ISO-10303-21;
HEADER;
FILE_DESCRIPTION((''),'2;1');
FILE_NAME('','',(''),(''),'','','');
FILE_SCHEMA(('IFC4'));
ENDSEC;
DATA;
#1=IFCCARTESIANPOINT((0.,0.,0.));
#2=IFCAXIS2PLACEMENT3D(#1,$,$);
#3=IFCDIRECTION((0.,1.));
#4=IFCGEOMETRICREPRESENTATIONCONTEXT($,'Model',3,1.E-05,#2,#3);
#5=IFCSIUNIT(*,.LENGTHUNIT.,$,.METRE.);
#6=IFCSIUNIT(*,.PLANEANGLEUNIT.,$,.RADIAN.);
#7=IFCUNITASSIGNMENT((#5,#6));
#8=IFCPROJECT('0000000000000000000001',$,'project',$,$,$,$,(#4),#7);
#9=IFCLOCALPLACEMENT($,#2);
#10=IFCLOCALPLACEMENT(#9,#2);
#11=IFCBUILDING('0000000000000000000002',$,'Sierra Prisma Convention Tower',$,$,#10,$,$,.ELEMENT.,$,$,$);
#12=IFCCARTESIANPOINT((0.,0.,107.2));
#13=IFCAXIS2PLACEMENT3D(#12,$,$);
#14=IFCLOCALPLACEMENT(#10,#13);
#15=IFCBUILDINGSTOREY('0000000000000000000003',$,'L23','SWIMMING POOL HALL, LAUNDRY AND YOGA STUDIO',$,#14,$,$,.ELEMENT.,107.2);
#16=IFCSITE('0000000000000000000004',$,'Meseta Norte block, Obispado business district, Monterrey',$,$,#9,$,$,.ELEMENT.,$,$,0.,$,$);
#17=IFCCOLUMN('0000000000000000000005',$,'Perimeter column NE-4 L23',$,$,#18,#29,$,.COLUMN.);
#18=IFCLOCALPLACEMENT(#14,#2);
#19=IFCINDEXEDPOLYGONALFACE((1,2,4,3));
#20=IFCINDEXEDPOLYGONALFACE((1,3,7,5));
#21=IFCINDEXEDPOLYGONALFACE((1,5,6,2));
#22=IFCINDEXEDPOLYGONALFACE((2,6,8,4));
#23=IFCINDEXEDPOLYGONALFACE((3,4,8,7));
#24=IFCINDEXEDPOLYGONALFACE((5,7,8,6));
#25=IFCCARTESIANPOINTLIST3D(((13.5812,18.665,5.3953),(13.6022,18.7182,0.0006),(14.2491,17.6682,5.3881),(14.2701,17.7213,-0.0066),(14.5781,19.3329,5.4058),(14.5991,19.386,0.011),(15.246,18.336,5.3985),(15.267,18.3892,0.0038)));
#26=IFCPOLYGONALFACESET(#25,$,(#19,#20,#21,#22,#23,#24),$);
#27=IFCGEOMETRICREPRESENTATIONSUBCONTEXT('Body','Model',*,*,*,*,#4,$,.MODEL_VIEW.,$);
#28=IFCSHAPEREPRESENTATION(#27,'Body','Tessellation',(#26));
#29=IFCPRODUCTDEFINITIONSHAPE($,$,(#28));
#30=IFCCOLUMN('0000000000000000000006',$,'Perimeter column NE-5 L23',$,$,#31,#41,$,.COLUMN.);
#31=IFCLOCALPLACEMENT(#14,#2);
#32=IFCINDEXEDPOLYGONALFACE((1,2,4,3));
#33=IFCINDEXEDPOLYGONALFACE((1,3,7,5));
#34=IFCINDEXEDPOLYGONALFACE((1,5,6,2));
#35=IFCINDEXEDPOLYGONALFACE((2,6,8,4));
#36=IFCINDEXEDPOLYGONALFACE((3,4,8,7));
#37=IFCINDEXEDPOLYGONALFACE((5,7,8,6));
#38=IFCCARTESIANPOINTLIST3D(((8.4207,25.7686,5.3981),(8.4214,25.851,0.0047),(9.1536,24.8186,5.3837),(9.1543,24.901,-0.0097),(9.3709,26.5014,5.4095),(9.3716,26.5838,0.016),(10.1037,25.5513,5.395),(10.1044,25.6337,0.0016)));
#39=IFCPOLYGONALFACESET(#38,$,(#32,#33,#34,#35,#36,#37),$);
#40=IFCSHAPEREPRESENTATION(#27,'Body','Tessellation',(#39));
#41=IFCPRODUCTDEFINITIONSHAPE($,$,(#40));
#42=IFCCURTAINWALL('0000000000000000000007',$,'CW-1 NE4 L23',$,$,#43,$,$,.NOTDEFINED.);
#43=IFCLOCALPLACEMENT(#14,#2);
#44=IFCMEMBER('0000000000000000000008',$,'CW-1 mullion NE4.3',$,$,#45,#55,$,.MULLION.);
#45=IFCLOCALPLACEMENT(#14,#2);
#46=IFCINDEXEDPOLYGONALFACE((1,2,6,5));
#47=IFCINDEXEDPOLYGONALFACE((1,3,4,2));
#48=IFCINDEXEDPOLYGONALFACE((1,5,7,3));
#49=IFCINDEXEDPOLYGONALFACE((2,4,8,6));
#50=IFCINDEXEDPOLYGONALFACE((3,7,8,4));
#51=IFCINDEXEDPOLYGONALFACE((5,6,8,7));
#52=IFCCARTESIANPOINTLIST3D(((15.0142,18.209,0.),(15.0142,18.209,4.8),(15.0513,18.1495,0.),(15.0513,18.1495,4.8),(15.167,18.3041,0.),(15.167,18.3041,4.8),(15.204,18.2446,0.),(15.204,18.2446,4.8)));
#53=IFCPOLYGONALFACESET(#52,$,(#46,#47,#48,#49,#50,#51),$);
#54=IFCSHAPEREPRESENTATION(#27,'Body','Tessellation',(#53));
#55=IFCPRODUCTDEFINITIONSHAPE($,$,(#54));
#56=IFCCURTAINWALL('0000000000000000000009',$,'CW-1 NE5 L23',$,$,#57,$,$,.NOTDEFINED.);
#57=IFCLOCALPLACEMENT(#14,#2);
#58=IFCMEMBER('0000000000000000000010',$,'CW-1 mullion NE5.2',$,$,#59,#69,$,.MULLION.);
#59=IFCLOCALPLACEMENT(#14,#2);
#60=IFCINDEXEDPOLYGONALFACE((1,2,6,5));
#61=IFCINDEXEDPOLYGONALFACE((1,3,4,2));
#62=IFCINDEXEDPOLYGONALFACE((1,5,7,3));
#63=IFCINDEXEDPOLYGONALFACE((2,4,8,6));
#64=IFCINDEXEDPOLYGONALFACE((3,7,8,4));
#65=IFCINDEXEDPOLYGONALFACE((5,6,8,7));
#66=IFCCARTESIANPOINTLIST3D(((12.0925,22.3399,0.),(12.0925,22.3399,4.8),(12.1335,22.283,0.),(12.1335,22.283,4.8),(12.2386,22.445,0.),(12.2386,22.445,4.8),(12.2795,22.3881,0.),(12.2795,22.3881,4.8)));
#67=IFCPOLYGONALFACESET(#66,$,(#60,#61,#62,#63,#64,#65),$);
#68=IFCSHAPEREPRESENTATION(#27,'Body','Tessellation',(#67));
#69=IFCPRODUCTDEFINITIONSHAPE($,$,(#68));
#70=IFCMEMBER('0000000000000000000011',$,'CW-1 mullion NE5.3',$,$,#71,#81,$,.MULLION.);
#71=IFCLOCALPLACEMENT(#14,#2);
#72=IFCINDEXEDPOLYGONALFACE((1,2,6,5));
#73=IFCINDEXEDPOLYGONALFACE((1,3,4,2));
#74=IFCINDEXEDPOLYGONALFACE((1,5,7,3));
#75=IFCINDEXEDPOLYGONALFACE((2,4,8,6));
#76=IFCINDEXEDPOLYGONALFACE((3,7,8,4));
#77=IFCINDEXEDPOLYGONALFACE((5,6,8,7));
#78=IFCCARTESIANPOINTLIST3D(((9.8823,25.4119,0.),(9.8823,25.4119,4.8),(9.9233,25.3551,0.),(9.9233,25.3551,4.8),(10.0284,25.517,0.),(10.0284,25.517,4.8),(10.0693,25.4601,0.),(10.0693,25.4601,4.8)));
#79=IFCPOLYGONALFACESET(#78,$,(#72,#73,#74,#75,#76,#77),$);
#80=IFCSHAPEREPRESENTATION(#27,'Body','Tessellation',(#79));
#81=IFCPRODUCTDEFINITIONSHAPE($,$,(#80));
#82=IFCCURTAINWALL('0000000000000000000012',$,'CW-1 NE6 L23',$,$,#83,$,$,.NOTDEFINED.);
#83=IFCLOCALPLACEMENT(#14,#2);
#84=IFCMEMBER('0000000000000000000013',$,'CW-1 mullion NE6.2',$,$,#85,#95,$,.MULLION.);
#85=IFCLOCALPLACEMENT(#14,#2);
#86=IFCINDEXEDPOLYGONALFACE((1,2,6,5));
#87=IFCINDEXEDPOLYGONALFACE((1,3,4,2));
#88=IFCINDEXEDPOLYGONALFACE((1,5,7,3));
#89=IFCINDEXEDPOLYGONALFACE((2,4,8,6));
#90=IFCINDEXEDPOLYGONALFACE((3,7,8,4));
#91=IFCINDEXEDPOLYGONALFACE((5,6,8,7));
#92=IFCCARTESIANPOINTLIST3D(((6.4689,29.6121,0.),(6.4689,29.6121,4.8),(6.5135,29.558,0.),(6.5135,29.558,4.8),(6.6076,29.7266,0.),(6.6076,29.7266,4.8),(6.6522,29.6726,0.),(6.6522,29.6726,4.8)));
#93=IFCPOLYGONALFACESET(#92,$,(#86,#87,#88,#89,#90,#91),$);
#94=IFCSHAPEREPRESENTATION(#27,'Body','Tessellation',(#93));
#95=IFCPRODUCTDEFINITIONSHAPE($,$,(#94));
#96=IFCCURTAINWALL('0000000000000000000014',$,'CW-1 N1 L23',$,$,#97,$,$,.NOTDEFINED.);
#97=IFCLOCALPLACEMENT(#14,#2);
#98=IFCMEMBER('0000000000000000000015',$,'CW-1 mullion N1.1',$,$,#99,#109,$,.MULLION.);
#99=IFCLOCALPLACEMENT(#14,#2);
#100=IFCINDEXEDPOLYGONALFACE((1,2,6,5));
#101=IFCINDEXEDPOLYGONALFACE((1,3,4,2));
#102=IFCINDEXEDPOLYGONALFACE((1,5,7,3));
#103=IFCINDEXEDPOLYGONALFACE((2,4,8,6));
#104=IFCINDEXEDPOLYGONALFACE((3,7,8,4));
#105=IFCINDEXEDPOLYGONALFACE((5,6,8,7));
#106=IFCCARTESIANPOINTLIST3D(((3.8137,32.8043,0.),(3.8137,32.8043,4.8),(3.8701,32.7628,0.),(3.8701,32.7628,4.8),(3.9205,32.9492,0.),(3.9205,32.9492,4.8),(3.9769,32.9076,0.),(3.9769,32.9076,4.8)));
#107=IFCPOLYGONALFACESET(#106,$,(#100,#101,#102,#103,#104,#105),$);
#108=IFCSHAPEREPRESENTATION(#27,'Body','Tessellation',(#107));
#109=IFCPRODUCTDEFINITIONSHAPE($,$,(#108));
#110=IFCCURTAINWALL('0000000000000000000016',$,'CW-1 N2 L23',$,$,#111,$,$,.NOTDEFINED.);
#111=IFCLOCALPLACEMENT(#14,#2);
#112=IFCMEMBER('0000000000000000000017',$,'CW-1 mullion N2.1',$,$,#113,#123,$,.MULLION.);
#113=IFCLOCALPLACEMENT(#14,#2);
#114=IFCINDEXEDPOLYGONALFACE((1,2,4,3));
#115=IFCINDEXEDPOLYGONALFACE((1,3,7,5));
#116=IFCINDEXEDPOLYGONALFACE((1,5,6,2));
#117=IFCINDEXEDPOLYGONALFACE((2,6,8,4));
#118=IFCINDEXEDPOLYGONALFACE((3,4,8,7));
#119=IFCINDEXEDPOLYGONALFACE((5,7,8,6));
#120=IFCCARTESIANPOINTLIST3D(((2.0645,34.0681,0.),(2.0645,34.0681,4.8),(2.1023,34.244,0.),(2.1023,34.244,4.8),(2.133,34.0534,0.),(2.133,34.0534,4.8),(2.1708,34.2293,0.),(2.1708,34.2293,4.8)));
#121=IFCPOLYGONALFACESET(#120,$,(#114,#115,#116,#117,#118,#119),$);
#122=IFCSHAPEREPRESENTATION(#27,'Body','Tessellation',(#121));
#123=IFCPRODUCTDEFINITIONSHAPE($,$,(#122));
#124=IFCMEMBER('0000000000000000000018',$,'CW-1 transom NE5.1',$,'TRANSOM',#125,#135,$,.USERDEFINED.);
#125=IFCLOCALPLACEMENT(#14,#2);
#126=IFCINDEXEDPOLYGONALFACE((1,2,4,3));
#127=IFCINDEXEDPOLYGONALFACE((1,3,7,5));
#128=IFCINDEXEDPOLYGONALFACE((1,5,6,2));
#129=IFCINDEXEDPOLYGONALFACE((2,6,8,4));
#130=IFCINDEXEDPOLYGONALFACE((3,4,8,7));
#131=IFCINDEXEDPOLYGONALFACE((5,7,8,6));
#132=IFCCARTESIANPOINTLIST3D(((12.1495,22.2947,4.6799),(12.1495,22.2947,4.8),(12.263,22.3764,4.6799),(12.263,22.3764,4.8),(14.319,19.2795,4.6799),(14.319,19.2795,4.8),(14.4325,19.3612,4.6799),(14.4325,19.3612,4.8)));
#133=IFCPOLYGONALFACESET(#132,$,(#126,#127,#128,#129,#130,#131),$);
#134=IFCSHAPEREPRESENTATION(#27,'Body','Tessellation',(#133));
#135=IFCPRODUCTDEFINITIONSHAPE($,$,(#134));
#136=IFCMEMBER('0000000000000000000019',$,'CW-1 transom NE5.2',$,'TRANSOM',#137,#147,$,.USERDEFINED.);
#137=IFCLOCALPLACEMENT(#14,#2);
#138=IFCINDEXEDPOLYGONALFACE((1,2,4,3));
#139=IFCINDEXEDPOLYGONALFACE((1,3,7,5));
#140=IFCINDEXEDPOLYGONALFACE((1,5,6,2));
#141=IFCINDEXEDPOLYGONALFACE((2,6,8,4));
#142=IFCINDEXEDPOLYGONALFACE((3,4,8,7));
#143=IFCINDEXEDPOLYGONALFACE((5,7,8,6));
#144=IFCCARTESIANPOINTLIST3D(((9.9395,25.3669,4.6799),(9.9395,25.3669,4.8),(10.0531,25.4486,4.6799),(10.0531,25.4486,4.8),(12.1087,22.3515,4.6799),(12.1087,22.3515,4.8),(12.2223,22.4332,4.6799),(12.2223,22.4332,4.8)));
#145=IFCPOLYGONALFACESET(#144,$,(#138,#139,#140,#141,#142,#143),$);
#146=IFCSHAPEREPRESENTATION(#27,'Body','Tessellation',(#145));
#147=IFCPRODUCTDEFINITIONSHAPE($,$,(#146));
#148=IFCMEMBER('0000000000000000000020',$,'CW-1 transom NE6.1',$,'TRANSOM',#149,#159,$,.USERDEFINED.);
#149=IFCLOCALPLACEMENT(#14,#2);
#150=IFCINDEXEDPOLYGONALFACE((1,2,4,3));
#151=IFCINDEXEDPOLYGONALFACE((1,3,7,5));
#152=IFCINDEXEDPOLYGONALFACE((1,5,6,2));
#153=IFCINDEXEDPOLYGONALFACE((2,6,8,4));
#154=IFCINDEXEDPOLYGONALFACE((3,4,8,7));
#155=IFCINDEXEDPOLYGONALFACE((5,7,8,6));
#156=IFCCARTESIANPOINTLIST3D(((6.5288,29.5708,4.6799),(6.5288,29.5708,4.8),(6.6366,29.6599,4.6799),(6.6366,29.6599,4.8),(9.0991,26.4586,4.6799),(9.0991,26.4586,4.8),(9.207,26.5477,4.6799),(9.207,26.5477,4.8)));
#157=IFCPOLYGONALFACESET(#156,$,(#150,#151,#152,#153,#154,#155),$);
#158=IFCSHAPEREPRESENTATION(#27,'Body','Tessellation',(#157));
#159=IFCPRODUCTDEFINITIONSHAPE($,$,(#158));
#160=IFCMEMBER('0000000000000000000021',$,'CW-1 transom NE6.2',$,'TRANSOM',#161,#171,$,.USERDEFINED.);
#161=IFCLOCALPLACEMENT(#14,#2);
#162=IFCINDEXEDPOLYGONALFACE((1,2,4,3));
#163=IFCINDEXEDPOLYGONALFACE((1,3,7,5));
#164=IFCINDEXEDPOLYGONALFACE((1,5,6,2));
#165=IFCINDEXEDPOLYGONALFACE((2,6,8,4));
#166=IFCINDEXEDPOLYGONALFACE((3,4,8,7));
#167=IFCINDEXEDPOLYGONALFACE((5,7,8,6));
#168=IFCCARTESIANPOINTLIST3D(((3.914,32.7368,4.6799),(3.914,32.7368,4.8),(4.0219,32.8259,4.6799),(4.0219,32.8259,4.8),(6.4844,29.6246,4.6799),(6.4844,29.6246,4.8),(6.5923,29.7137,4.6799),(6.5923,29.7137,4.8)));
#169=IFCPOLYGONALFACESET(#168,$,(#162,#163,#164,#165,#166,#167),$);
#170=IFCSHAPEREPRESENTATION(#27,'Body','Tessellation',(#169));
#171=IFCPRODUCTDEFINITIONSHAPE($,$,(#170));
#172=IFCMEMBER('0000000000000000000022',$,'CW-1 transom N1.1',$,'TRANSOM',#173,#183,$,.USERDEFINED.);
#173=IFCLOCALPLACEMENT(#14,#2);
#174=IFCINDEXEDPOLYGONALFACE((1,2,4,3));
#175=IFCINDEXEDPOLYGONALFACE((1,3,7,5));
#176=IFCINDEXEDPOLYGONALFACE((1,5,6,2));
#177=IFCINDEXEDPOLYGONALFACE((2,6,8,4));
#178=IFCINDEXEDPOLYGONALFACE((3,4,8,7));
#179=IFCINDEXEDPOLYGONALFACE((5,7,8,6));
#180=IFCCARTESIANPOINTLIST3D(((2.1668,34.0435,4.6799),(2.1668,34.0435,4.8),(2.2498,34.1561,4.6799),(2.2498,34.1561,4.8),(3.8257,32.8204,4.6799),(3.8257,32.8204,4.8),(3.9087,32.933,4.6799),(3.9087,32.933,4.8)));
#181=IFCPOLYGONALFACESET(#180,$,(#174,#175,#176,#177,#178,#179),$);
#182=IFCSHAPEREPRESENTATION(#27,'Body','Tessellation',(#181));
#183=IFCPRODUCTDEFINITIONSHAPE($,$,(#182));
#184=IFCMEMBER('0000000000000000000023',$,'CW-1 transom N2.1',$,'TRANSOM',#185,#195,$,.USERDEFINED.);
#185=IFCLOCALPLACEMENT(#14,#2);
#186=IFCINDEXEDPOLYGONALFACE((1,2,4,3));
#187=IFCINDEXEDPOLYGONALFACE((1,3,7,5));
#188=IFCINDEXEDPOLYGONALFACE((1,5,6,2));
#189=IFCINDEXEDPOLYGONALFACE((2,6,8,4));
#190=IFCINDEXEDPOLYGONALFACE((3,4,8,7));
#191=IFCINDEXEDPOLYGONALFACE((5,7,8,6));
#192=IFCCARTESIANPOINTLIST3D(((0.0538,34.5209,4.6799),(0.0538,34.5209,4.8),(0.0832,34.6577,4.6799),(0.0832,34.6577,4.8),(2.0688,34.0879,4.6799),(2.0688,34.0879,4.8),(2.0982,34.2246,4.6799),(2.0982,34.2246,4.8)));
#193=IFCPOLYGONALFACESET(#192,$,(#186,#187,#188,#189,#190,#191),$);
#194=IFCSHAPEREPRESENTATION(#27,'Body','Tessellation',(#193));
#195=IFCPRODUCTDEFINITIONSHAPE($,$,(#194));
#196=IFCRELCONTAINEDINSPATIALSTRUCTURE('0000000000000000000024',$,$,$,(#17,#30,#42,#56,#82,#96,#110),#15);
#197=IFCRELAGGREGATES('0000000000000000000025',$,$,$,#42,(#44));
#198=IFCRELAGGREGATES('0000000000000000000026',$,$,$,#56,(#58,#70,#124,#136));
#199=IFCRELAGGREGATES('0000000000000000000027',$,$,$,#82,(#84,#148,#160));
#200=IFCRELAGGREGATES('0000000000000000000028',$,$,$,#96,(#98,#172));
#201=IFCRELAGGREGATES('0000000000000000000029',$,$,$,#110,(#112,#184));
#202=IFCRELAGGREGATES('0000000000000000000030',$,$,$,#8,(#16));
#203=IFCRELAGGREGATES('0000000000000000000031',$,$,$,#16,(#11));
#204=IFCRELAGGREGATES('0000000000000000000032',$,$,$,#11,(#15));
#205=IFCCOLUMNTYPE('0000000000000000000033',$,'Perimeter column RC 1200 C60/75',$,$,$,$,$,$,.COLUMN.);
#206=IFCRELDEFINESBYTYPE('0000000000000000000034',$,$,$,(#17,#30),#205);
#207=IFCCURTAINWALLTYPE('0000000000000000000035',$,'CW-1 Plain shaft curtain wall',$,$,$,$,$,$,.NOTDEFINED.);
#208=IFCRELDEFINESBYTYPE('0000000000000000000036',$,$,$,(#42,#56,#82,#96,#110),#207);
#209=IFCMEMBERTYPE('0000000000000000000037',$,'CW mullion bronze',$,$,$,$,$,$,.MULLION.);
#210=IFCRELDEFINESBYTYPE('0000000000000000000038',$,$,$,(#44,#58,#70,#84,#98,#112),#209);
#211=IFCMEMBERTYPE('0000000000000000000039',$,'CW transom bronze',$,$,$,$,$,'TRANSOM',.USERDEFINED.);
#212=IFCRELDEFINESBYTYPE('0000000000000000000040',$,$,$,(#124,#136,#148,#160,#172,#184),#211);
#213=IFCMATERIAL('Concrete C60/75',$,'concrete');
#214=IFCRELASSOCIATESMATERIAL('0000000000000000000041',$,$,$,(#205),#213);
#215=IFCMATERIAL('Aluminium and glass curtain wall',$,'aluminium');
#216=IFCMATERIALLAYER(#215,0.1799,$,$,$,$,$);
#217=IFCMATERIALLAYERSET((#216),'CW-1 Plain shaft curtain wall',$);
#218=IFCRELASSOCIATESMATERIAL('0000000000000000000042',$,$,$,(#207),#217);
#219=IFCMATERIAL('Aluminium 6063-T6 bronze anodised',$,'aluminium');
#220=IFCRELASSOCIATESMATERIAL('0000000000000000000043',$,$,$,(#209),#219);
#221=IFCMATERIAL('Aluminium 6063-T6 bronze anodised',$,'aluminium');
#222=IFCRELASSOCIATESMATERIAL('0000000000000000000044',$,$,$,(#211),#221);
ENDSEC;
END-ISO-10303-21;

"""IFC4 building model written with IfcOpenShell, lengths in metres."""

from ifc_helpers import new_model, si_unit, direction, frame, origin, origin_2d, place, context, subcontext, project, spatial, rectangle, extrude, clip, halfspace, material, layer, layer_set, material_profile, profile_set, type_object, element, aggregate, save


model = new_model("IFC4")

# Units and contexts
model_context = context("Model", 3, precision=1e-05, world=origin(), true_north=direction((0.0, 1.0)))
body_context = subcontext(model_context, "Body", "Model", "MODEL_VIEW")
ifc_project = project(units=[si_unit("LENGTHUNIT", "METRE"), si_unit("PLANEANGLEUNIT", "RADIAN")], contexts=[model_context])

# Site, building, storey
site_placement = place(None, origin())
site = spatial("IfcSite", under=ifc_project, at=site_placement, Name="Meseta Norte block, Obispado business district, Monterrey", CompositionType="ELEMENT", RefElevation=0.0)
building_placement = place(site_placement, origin())
building = spatial("IfcBuilding", under=site, at=building_placement, Name="Sierra Prisma Convention Tower", CompositionType="ELEMENT")
storey_placement = place(building_placement, frame((0.0, 0.0, 107.2)))
storey = spatial("IfcBuildingStorey", under=building, at=storey_placement, Name="L23", Description="SWIMMING POOL HALL, LAUNDRY AND YOGA STUDIO", CompositionType="ELEMENT", Elevation=107.2)

# Columns
ifc_material_1 = material(Name="Concrete C60/75", Category="concrete")
ifc_material_profile_1 = material_profile(ifc_material_1, rectangle(XDim=1.2, YDim=1.2, at=origin_2d()), Name="Perimeter column RC 1200 C60/75")
ifc_profile_set_1 = profile_set([ifc_material_profile_1], Name="Concrete C60/75")
column_type = type_object("IfcColumnType", Name="Perimeter column RC 1200 C60/75", PredefinedType="COLUMN", material=ifc_profile_set_1)
column_1_placement = place(storey_placement, frame((14.4346, 18.5537, 0.0), z_axis=(-0.003888, -0.009855, 0.999944), x_axis=(-0.5566, 0.830759, 0.006024)))
element("IfcColumn", 1, at=column_1_placement, inside=storey, type_object=column_type, Name="Perimeter column NE-4 L23", PredefinedType="COLUMN", context=body_context, shape_type="SweptSolid", body=[
    clip(clip(extrude(rectangle(XDim=1.2, YDim=1.2, at=origin_2d()), origin(), (0.0, 0.0, 1.0), 5.4004), halfspace(frame((0.0, 0.0, 0.0022)), True)), halfspace(frame((0.0, 0.0, 5.3972)), False)),
])
column_2_placement = place(storey_placement, frame((9.2629, 25.7424, 0.0), z_axis=(-0.000136, -0.015279, 0.999883), x_axis=(-0.610734, 0.791745, 0.012016)))
element("IfcColumn", 2, at=column_2_placement, inside=storey, type_object=column_type, Name="Perimeter column NE-5 L23", PredefinedType="COLUMN", context=body_context, shape_type="SweptSolid", body=[
    clip(clip(extrude(rectangle(XDim=1.2, YDim=1.2, at=origin_2d()), origin(), (0.0, 0.0, 1.0), 5.4009), halfspace(frame((0.0, 0.0, 0.0032)), True)), halfspace(frame((0.0, 0.0, 5.3972)), False)),
])

# Curtain wall, member
ifc_material_2 = material(Name="Aluminium and glass curtain wall", Category="aluminium")
ifc_layer_1 = layer(ifc_material_2, 0.1799)
ifc_layer_set_1 = layer_set([ifc_layer_1], Name="CW-1 Plain shaft curtain wall")
curtain_wall_type = type_object("IfcCurtainWallType", Name="CW-1 Plain shaft curtain wall", PredefinedType="NOTDEFINED", material=ifc_layer_set_1)
curtain_wall_1_placement = place(storey_placement, origin())
curtain_wall_1 = element("IfcCurtainWall", 3, at=curtain_wall_1_placement, inside=storey, type_object=curtain_wall_type, Name="CW-1 NE4 L23", PredefinedType="NOTDEFINED")
ifc_material_3 = material(Name="Aluminium 6063-T6 bronze anodised", Category="aluminium")
ifc_material_profile_2 = material_profile(ifc_material_3, rectangle(XDim=0.1799, YDim=0.0701, at=origin_2d()), Name="ALU MULLION 70x180")
ifc_profile_set_2 = profile_set([ifc_material_profile_2], Name="Aluminium 6063-T6 bronze anodised")
member_type_1 = type_object("IfcMemberType", Name="CW mullion bronze", PredefinedType="MULLION", material=ifc_profile_set_2)
member_1_placement = place(storey_placement, frame((15.1091, 18.2268, 0.0), z_axis=(0.0, 0.0, 1.0), x_axis=(-0.848874, -0.528596, 0.0)))
member_1 = element("IfcMember", 4, at=member_1_placement, type_object=member_type_1, Name="CW-1 mullion NE4.3", PredefinedType="MULLION", context=body_context, shape_type="SweptSolid", body=[
    extrude(rectangle(XDim=0.1799, YDim=0.0701, at=origin_2d()), origin(), (0.0, 0.0, 1.0), 4.8),
])
aggregate(curtain_wall_1, [member_1])

# Curtain wall, members
curtain_wall_2_placement = place(storey_placement, origin())
curtain_wall_2 = element("IfcCurtainWall", 5, at=curtain_wall_2_placement, inside=storey, type_object=curtain_wall_type, Name="CW-1 NE5 L23", PredefinedType="NOTDEFINED")
member_2_placement = place(storey_placement, frame((12.186, 22.364, 0.0), z_axis=(0.0, 0.0, 1.0), x_axis=(-0.811758, -0.583994, 0.0)))
member_2 = element("IfcMember", 6, at=member_2_placement, type_object=member_type_1, Name="CW-1 mullion NE5.2", PredefinedType="MULLION", context=body_context, shape_type="SweptSolid", body=[
    extrude(rectangle(XDim=0.1799, YDim=0.0701, at=origin_2d()), origin(), (0.0, 0.0, 1.0), 4.8),
])
member_3_placement = place(storey_placement, frame((9.9758, 25.436, 0.0), z_axis=(0.0, 0.0, 1.0), x_axis=(-0.811758, -0.583994, 0.0)))
member_3 = element("IfcMember", 7, at=member_3_placement, type_object=member_type_1, Name="CW-1 mullion NE5.3", PredefinedType="MULLION", context=body_context, shape_type="SweptSolid", body=[
    extrude(rectangle(XDim=0.1799, YDim=0.0701, at=origin_2d()), origin(), (0.0, 0.0, 1.0), 4.8),
])

# Curtain walls, members
curtain_wall_3_placement = place(storey_placement, origin())
curtain_wall_3 = element("IfcCurtainWall", 8, at=curtain_wall_3_placement, inside=storey, type_object=curtain_wall_type, Name="CW-1 NE6 L23", PredefinedType="NOTDEFINED")
member_4_placement = place(storey_placement, frame((6.5605, 29.6423, 0.0), z_axis=(0.0, 0.0, 1.0), x_axis=(-0.771033, -0.636795, 0.0)))
member_4 = element("IfcMember", 9, at=member_4_placement, type_object=member_type_1, Name="CW-1 mullion NE6.2", PredefinedType="MULLION", context=body_context, shape_type="SweptSolid", body=[
    extrude(rectangle(XDim=0.1799, YDim=0.0701, at=origin_2d()), origin(), (0.0, 0.0, 1.0), 4.8),
])
curtain_wall_4_placement = place(storey_placement, origin())
curtain_wall_4 = element("IfcCurtainWall", 10, at=curtain_wall_4_placement, inside=storey, type_object=curtain_wall_type, Name="CW-1 N1 L23", PredefinedType="NOTDEFINED")
member_5_placement = place(storey_placement, frame((3.8953, 32.856, 0.0), z_axis=(0.0, 0.0, 1.0), x_axis=(-0.593448, -0.804872, 0.0)))
member_5 = element("IfcMember", 11, at=member_5_placement, type_object=member_type_1, Name="CW-1 mullion N1.1", PredefinedType="MULLION", context=body_context, shape_type="SweptSolid", body=[
    extrude(rectangle(XDim=0.1799, YDim=0.0701, at=origin_2d()), origin(), (0.0, 0.0, 1.0), 4.8),
])
curtain_wall_5_placement = place(storey_placement, origin())
curtain_wall_5 = element("IfcCurtainWall", 12, at=curtain_wall_5_placement, inside=storey, type_object=curtain_wall_type, Name="CW-1 N2 L23", PredefinedType="NOTDEFINED")
member_6_placement = place(storey_placement, frame((2.1177, 34.1487, 0.0), z_axis=(0.0, 0.0, 1.0), x_axis=(-0.210199, -0.977659, 0.0)))
member_6 = element("IfcMember", 13, at=member_6_placement, type_object=member_type_1, Name="CW-1 mullion N2.1", PredefinedType="MULLION", context=body_context, shape_type="SweptSolid", body=[
    extrude(rectangle(XDim=0.1799, YDim=0.0701, at=origin_2d()), origin(), (0.0, 0.0, 1.0), 4.8),
])

# Members
ifc_material_4 = material(Name="Aluminium 6063-T6 bronze anodised", Category="aluminium")
ifc_material_profile_3 = material_profile(ifc_material_4, rectangle(XDim=0.1399, YDim=0.1201, at=origin_2d()), Name="ALU TRANSOM 120x140")
ifc_profile_set_3 = profile_set([ifc_material_profile_3], Name="Aluminium 6063-T6 bronze anodised")
member_type_2 = type_object("IfcMemberType", Name="CW transom bronze", ElementType="TRANSOM", PredefinedType="USERDEFINED", material=ifc_profile_set_3)
member_7_placement = place(storey_placement, frame((14.3757, 19.3203, 4.74), z_axis=(-0.584045, 0.811721, 0.0), x_axis=(-0.811721, -0.584045, 0.0)))
member_7 = element("IfcMember", 14, at=member_7_placement, type_object=member_type_2, Name="CW-1 transom NE5.1", ObjectType="TRANSOM", PredefinedType="USERDEFINED", context=body_context, shape_type="SweptSolid", body=[
    extrude(rectangle(XDim=0.1399, YDim=0.1201, at=origin_2d()), origin(), (0.0, 0.0, 1.0), 3.7146),
])
member_8_placement = place(storey_placement, frame((12.1655, 22.3923, 4.74), z_axis=(-0.583971, 0.811775, 0.0), x_axis=(-0.811775, -0.583971, 0.0)))
member_8 = element("IfcMember", 15, at=member_8_placement, type_object=member_type_2, Name="CW-1 transom NE5.2", ObjectType="TRANSOM", PredefinedType="USERDEFINED", context=body_context, shape_type="SweptSolid", body=[
    extrude(rectangle(XDim=0.1399, YDim=0.1201, at=origin_2d()), origin(), (0.0, 0.0, 1.0), 3.7146),
])
member_9_placement = place(storey_placement, frame((9.1531, 26.5032, 4.74), z_axis=(-0.636805, 0.771025, 0.0), x_axis=(-0.771025, -0.636805, 0.0)))
member_9 = element("IfcMember", 16, at=member_9_placement, type_object=member_type_2, Name="CW-1 transom NE6.1", ObjectType="TRANSOM", PredefinedType="USERDEFINED", context=body_context, shape_type="SweptSolid", body=[
    extrude(rectangle(XDim=0.1399, YDim=0.1201, at=origin_2d()), origin(), (0.0, 0.0, 1.0), 4.0364),
])
member_10_placement = place(storey_placement, frame((6.5383, 29.6692, 4.74), z_axis=(-0.636805, 0.771025, 0.0), x_axis=(-0.771025, -0.636805, 0.0)))
member_10 = element("IfcMember", 17, at=member_10_placement, type_object=member_type_2, Name="CW-1 transom NE6.2", ObjectType="TRANSOM", PredefinedType="USERDEFINED", context=body_context, shape_type="SweptSolid", body=[
    extrude(rectangle(XDim=0.1399, YDim=0.1201, at=origin_2d()), origin(), (0.0, 0.0, 1.0), 4.0364),
])
member_11_placement = place(storey_placement, frame((3.8672, 32.8767, 4.74), z_axis=(-0.804877, 0.593441, 0.0), x_axis=(-0.593441, -0.804877, 0.0)))
member_11 = element("IfcMember", 18, at=member_11_placement, type_object=member_type_2, Name="CW-1 transom N1.1", ObjectType="TRANSOM", PredefinedType="USERDEFINED", context=body_context, shape_type="SweptSolid", body=[
    extrude(rectangle(XDim=0.1399, YDim=0.1201, at=origin_2d()), origin(), (0.0, 0.0, 1.0), 2.061),
])
member_12_placement = place(storey_placement, frame((2.0835, 34.1562, 4.74), z_axis=(-0.977674, 0.210128, 0.0), x_axis=(-0.210128, -0.977674, 0.0)))
member_12 = element("IfcMember", 19, at=member_12_placement, type_object=member_type_2, Name="CW-1 transom N2.1", ObjectType="TRANSOM", PredefinedType="USERDEFINED", context=body_context, shape_type="SweptSolid", body=[
    extrude(rectangle(XDim=0.1399, YDim=0.1201, at=origin_2d()), origin(), (0.0, 0.0, 1.0), 2.061),
])

aggregate(curtain_wall_2, [member_2, member_3, member_7, member_8])
aggregate(curtain_wall_3, [member_4, member_9, member_10])
aggregate(curtain_wall_4, [member_5, member_11])
aggregate(curtain_wall_5, [member_6, member_12])

save(model, "model.ifc")
